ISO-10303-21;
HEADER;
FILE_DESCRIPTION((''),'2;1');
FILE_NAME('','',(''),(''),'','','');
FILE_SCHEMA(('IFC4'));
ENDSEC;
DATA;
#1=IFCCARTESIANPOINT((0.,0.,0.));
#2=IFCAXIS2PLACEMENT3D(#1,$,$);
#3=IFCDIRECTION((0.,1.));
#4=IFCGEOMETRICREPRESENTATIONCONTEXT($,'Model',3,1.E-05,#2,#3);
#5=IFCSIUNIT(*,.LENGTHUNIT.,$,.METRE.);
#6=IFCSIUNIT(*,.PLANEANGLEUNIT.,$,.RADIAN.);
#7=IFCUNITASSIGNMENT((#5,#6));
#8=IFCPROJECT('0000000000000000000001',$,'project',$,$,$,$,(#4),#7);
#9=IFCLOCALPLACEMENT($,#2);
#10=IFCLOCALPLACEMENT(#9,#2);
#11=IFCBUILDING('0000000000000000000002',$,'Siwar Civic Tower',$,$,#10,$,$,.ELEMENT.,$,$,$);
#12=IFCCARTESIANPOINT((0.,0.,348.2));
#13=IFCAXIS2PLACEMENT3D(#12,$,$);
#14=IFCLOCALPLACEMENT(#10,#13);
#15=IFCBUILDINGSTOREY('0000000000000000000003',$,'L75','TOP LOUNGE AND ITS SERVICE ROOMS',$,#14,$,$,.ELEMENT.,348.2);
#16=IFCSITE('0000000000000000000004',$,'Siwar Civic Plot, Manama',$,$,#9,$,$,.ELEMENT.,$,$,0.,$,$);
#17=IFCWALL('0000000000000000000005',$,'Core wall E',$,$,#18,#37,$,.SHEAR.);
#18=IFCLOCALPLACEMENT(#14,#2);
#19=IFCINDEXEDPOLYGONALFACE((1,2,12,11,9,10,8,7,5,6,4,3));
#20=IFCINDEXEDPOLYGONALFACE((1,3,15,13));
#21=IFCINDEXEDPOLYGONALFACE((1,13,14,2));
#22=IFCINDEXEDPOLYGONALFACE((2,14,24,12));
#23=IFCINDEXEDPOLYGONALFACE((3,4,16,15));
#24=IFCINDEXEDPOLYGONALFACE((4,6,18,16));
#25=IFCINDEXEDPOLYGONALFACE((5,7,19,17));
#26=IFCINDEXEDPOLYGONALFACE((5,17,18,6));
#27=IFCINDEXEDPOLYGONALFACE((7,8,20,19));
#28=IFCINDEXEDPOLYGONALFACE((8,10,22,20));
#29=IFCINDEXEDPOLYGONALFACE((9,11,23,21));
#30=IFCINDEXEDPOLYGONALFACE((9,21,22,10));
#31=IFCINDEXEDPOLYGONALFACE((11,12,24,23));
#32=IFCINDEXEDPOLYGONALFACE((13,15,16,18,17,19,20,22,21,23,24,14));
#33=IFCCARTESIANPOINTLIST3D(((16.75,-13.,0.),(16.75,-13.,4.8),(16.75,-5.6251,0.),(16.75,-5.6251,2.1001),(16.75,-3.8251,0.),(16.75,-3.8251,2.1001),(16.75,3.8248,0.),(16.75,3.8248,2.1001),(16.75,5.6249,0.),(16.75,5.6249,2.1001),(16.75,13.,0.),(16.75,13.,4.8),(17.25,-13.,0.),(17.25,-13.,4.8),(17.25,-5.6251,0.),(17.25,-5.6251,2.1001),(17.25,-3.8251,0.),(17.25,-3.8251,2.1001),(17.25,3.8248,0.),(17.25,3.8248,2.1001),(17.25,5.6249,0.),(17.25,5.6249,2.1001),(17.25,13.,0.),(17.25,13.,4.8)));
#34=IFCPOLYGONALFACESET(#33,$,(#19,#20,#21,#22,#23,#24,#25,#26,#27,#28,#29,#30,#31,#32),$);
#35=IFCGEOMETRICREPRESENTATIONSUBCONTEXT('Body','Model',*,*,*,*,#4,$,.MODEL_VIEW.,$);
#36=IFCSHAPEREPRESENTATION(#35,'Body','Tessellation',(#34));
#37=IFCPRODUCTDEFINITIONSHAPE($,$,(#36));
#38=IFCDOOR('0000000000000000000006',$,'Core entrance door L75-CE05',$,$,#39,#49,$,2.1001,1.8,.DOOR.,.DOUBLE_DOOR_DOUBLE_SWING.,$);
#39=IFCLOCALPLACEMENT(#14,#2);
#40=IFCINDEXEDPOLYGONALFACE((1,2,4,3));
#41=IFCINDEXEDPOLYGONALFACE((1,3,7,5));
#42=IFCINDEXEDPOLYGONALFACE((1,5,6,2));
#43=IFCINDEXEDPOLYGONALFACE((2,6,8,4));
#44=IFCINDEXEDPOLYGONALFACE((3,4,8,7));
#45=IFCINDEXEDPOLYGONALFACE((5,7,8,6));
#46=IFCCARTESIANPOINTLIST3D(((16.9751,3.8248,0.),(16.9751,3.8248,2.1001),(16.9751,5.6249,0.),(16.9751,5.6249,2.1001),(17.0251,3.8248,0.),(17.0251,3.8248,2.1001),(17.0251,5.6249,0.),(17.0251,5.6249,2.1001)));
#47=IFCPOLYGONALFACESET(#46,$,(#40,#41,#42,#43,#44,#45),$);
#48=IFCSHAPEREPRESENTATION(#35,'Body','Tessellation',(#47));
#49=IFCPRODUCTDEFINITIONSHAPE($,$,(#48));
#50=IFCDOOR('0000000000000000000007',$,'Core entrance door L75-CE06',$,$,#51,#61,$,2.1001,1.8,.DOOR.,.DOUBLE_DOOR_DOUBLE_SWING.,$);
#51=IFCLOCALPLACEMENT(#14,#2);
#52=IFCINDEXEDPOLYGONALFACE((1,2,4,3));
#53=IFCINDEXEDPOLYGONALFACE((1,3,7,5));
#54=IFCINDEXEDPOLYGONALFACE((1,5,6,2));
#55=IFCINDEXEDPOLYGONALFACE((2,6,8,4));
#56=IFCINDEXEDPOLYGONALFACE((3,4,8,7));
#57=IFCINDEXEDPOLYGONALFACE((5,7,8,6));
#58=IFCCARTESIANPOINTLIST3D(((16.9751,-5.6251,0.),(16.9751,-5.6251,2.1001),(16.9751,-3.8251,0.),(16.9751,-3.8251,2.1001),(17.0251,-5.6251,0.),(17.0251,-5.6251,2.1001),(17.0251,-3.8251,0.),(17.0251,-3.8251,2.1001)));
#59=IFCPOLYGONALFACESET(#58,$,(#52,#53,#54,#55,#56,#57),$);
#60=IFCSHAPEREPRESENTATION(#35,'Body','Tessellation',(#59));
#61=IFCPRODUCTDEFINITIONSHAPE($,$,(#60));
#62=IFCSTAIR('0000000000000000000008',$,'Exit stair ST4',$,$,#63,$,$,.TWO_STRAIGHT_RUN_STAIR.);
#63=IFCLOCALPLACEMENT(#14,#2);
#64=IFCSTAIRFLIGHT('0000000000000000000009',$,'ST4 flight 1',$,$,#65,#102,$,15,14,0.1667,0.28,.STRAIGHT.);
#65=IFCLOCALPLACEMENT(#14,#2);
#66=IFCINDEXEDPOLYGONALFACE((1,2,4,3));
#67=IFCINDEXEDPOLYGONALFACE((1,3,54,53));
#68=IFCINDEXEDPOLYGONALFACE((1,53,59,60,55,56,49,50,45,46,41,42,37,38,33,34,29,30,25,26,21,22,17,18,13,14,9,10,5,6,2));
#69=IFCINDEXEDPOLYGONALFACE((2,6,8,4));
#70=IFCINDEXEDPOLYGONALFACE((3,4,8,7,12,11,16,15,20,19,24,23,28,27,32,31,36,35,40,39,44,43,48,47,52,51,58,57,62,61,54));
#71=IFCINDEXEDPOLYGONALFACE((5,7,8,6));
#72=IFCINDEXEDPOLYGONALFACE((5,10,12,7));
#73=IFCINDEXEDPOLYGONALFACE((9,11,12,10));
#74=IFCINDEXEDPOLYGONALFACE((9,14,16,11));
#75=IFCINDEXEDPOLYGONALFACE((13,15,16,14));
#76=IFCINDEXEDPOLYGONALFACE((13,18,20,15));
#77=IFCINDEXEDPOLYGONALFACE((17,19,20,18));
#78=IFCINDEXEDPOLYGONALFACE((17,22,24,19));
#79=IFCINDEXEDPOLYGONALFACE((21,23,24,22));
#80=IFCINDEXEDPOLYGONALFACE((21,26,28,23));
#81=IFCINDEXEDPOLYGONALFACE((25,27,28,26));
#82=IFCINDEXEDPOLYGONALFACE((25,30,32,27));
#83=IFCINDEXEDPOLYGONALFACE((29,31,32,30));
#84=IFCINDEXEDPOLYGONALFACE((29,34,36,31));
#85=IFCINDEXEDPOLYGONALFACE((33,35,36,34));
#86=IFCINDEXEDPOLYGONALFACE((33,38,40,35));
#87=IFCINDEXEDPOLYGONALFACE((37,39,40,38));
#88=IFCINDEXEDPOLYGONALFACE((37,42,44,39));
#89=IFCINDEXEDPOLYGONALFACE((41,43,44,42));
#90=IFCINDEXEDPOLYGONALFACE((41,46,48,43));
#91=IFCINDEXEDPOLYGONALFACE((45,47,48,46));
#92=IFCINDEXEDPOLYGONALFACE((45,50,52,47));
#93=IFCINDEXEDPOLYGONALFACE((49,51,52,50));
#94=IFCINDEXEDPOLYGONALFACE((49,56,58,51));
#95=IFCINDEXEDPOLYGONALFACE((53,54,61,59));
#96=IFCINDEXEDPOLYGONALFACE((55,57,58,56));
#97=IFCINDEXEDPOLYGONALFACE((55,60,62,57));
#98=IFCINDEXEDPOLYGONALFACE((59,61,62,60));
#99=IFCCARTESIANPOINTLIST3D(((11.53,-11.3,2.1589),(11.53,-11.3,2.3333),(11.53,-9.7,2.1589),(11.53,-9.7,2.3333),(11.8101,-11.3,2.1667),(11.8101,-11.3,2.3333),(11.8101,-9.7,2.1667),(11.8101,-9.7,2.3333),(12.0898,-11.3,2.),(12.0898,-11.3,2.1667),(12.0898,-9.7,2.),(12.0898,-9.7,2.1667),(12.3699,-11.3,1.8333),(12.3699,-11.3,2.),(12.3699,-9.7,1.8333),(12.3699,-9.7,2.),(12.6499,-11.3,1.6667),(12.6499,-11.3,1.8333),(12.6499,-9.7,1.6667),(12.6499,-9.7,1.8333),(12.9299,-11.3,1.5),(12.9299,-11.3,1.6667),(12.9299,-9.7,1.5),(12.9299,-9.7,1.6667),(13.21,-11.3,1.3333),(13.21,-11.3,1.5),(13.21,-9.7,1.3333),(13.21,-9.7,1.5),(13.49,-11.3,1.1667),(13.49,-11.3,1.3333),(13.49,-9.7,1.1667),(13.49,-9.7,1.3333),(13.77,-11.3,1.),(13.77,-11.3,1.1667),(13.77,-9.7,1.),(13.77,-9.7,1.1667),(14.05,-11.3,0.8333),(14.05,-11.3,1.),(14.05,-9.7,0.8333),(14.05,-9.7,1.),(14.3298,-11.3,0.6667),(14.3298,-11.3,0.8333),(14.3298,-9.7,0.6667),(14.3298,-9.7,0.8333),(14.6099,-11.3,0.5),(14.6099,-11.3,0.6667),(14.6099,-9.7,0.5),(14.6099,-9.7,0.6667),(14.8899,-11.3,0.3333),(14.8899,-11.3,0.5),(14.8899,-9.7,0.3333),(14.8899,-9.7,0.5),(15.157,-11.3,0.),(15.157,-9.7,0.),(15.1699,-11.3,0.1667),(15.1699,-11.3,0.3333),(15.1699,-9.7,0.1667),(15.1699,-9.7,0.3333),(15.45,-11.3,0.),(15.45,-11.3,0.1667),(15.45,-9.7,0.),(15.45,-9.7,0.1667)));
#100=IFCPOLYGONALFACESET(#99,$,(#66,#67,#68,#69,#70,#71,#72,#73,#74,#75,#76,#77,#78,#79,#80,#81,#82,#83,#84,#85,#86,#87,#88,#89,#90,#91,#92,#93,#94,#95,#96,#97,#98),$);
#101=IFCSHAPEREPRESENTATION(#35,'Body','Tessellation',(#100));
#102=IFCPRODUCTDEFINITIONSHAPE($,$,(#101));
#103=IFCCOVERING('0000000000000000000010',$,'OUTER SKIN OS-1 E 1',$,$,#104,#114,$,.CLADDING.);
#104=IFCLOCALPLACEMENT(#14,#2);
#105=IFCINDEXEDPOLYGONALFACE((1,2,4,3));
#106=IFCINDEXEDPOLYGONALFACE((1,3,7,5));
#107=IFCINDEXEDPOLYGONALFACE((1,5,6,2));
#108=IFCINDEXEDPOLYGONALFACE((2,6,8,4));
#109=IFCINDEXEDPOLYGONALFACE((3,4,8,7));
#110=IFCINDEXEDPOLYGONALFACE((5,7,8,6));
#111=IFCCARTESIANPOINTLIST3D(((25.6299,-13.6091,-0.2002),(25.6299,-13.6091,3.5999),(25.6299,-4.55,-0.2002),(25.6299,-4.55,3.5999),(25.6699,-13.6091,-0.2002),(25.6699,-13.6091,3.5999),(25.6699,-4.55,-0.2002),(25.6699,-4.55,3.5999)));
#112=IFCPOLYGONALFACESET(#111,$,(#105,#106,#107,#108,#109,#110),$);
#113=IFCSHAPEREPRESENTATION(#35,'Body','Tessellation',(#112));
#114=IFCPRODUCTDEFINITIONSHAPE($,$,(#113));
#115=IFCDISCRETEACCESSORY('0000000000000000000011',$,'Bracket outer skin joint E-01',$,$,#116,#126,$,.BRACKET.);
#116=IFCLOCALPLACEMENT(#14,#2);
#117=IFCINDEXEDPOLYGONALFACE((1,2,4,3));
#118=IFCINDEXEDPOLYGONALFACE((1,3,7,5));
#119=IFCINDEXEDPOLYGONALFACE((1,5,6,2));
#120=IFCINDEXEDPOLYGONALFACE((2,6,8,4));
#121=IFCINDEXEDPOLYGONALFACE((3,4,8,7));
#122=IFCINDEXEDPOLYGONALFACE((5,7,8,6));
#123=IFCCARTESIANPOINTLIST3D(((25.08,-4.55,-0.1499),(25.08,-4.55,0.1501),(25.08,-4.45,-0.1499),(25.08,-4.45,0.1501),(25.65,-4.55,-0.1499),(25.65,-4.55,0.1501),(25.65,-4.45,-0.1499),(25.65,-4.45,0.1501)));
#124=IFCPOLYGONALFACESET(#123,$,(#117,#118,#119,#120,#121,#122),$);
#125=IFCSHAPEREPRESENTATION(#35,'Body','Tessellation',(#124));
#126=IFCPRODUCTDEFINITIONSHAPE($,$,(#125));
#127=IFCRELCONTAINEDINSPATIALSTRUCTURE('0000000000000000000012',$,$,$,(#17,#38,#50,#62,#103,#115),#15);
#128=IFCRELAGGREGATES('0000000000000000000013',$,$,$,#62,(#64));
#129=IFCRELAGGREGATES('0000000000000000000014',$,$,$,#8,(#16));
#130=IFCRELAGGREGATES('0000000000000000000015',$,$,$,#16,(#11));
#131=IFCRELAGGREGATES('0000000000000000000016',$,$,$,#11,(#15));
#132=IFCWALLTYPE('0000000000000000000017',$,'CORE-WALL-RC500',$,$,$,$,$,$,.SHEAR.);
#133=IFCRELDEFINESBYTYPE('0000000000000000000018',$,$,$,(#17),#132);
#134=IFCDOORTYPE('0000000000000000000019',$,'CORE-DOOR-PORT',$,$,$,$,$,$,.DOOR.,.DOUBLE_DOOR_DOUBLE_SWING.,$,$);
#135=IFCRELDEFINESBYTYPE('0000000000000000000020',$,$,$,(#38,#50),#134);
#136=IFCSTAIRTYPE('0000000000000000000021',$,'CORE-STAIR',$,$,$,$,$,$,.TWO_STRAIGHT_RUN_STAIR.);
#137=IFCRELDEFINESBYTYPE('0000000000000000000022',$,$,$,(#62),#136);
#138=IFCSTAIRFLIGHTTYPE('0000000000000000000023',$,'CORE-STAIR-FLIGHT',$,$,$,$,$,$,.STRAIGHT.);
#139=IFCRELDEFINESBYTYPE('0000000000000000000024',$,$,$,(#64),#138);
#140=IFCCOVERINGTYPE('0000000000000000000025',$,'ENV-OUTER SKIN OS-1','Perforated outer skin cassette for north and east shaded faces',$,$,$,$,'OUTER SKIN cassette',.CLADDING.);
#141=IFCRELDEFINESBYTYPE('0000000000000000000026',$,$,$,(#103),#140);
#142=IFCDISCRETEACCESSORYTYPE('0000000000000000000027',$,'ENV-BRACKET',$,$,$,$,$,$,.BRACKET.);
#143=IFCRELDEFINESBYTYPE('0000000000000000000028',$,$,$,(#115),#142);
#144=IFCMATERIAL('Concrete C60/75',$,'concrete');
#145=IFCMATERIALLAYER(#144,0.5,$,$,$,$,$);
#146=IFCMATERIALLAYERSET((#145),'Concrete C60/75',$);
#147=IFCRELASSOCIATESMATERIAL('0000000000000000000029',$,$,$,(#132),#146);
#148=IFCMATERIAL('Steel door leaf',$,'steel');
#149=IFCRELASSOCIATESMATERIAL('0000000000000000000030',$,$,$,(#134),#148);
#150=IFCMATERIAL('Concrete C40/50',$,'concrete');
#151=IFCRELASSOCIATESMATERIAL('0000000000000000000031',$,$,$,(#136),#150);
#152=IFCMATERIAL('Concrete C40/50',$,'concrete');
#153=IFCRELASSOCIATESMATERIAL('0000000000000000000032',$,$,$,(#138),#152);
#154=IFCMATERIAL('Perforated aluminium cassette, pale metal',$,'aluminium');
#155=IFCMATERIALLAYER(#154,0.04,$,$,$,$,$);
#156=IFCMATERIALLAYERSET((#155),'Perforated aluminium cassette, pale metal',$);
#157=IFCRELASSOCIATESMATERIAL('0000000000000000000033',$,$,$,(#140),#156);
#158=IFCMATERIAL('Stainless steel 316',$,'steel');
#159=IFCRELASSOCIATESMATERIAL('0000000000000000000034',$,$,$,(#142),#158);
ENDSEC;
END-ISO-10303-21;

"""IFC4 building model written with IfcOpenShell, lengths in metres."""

from ifc_helpers import new_model, si_unit, direction, frame, frame_2d, origin, origin_2d, place, context, subcontext, project, spatial, polyline, rectangle, outline, extrude, material, layer, layer_set, type_object, element, fill, aggregate, save


model = new_model("IFC4")

# Units and contexts
model_context = context("Model", 3, precision=1e-05, world=origin(), true_north=direction((0.0, 1.0)))
body_context = subcontext(model_context, "Body", "Model", "MODEL_VIEW")
ifc_project = project(units=[si_unit("LENGTHUNIT", "METRE"), si_unit("PLANEANGLEUNIT", "RADIAN")], contexts=[model_context])

# Site, building, storey
site_placement = place(None, origin())
site = spatial("IfcSite", under=ifc_project, at=site_placement, Name="Siwar Civic Plot, Manama", CompositionType="ELEMENT", RefElevation=0.0)
building_placement = place(site_placement, origin())
building = spatial("IfcBuilding", under=site, at=building_placement, Name="Siwar Civic Tower", CompositionType="ELEMENT")
storey_placement = place(building_placement, frame((0.0, 0.0, 348.2)))
storey = spatial("IfcBuildingStorey", under=building, at=storey_placement, Name="L75", Description="TOP LOUNGE AND ITS SERVICE ROOMS", CompositionType="ELEMENT", Elevation=348.2)

# Wall, openings, doors
ifc_material_1 = material(Name="Concrete C60/75", Category="concrete")
ifc_layer_1 = layer(ifc_material_1, 0.5)
ifc_layer_set_1 = layer_set([ifc_layer_1], Name="Concrete C60/75")
wall_type_1 = type_object("IfcWallType", Name="CORE-WALL-RC500", PredefinedType="SHEAR", material=ifc_layer_set_1)
wall_1_placement = place(storey_placement, frame((17.0, -13.0, 0.0), z_axis=(0.0, 0.0, 1.0), x_axis=(0.0, 1.0, 0.0)))
wall_1 = element("IfcWall", 1, at=wall_1_placement, inside=storey, type_object=wall_type_1, Name="Core wall E", PredefinedType="SHEAR", context=body_context, shape_type="SweptSolid", body=[
    extrude(rectangle(XDim=26.0, YDim=0.5, at=frame_2d((13.0, 0.0))), origin(), (0.0, 0.0, 1.0), 4.8),
])
opening_1_placement = place(wall_1_placement, frame((16.825, 0.0, 0.0)))
opening_1 = element("IfcOpeningElement", 2, at=opening_1_placement, cuts=wall_1, PredefinedType="OPENING", context=body_context, shape_type="SweptSolid", body=[
    extrude(rectangle(XDim=1.8, YDim=2.1001, at=frame_2d((0.8999, 1.05))), frame((0.0, 0.26, 0.0), z_axis=(0.0, -1.0, 0.0), x_axis=(1.0, 0.0, 0.0)), (0.0, 0.0, 1.0), 0.52),
])
opening_2_placement = place(wall_1_placement, frame((7.375, 0.0, 0.0)))
opening_2 = element("IfcOpeningElement", 3, at=opening_2_placement, cuts=wall_1, PredefinedType="OPENING", context=body_context, shape_type="SweptSolid", body=[
    extrude(rectangle(XDim=1.8, YDim=2.1001, at=frame_2d((0.8999, 1.05))), frame((0.0, 0.26, 0.0), z_axis=(0.0, -1.0, 0.0), x_axis=(1.0, 0.0, 0.0)), (0.0, 0.0, 1.0), 0.52),
])
ifc_material_2 = material(Name="Steel door leaf", Category="steel")
door_type_1 = type_object("IfcDoorType", Name="CORE-DOOR-PORT", OperationType="DOUBLE_DOOR_DOUBLE_SWING", PredefinedType="DOOR", material=ifc_material_2)
door_1_placement = place(opening_1_placement, origin())
door_1 = element("IfcDoor", 4, at=door_1_placement, inside=storey, type_object=door_type_1, Name="Core entrance door L75-CE05", OperationType="DOUBLE_DOOR_DOUBLE_SWING", OverallHeight=2.1001, OverallWidth=1.8, PredefinedType="DOOR", context=body_context, shape_type="SweptSolid", body=[
    extrude(rectangle(XDim=1.8, YDim=2.1001, at=frame_2d((0.8999, 1.05))), frame((0.0, 0.0249, 0.0), z_axis=(0.0, -1.0, 0.0), x_axis=(1.0, 0.0, 0.0)), (0.0, 0.0, 1.0), 0.05),
])
fill(opening_1, door_1)
door_2_placement = place(opening_2_placement, origin())
door_2 = element("IfcDoor", 5, at=door_2_placement, inside=storey, type_object=door_type_1, Name="Core entrance door L75-CE06", OperationType="DOUBLE_DOOR_DOUBLE_SWING", OverallHeight=2.1001, OverallWidth=1.8, PredefinedType="DOOR", context=body_context, shape_type="SweptSolid", body=[
    extrude(rectangle(XDim=1.8, YDim=2.1001, at=frame_2d((0.8999, 1.05))), frame((0.0, 0.0249, 0.0), z_axis=(0.0, -1.0, 0.0), x_axis=(1.0, 0.0, 0.0)), (0.0, 0.0, 1.0), 0.05),
])
fill(opening_2, door_2)

# Stair, stair flight
ifc_material_3 = material(Name="Concrete C40/50", Category="concrete")
stair_type = type_object("IfcStairType", Name="CORE-STAIR", PredefinedType="TWO_STRAIGHT_RUN_STAIR", material=ifc_material_3)
stair_placement = place(storey_placement, origin())
stair = element("IfcStair", 6, at=stair_placement, inside=storey, type_object=stair_type, Name="Exit stair ST4", PredefinedType="TWO_STRAIGHT_RUN_STAIR")
ifc_material_4 = material(Name="Concrete C40/50", Category="concrete")
stair_flight_type = type_object("IfcStairFlightType", Name="CORE-STAIR-FLIGHT", PredefinedType="STRAIGHT", material=ifc_material_4)
stair_flight_placement = place(storey_placement, frame((15.45, -10.5, 0.0), z_axis=(0.0, 0.0, 1.0), x_axis=(-1.0, 0.0, 0.0)))
stair_flight = element("IfcStairFlight", 7, at=stair_flight_placement, type_object=stair_flight_type, Name="ST4 flight 1", NumberOfRisers=15, NumberOfTreads=14, PredefinedType="STRAIGHT", RiserHeight=0.1667, TreadLength=0.28, context=body_context, shape_type="SweptSolid", body=[
    extrude(outline(polyline([(0.0, 0.0), (0.0, 0.1667), (0.28, 0.1667), (0.28, 0.3333), (0.5601, 0.3333), (0.5601, 0.5), (0.8401, 0.5), (0.8401, 0.6667), (1.1201, 0.6667), (1.1201, 0.8333), (1.3999, 0.8333), (1.3999, 1.0), (1.6799, 1.0), (1.6799, 1.1667), (1.96, 1.1667), (1.96, 1.3333), (2.24, 1.3333), (2.24, 1.5), (2.52, 1.5), (2.52, 1.6667), (2.8, 1.6667), (2.8, 1.8333), (3.0801, 1.8333), (3.0801, 2.0), (3.3601, 2.0), (3.3601, 2.1667), (3.6399, 2.1667), (3.6399, 2.3333), (3.9199, 2.3333), (3.9199, 2.5), (3.9199, 2.1589), (0.293, 0.0), (0.0, 0.0)])), frame((0.0, 0.8, 0.0), z_axis=(0.0, -1.0, 0.0), x_axis=(1.0, 0.0, 0.0)), (0.0, 0.0, 1.0), 1.6001),
])
aggregate(stair, [stair_flight])

# Covering
ifc_material_5 = material(Name="Perforated aluminium cassette, pale metal", Category="aluminium")
ifc_layer_2 = layer(ifc_material_5, 0.04)
ifc_layer_set_2 = layer_set([ifc_layer_2], Name="Perforated aluminium cassette, pale metal")
covering_type = type_object("IfcCoveringType", Name="ENV-OUTER SKIN OS-1", Description="Perforated outer skin cassette for north and east shaded faces", ElementType="OUTER SKIN cassette", PredefinedType="CLADDING", material=ifc_layer_set_2)
covering_placement = place(storey_placement, frame((25.6499, -9.0796, -0.2002), z_axis=(0.0, 0.0, 1.0), x_axis=(0.0, 1.0, 0.0)))
element("IfcCovering", 8, at=covering_placement, inside=storey, type_object=covering_type, Name="OUTER SKIN OS-1 E 1", PredefinedType="CLADDING", context=body_context, shape_type="SweptSolid", body=[
    extrude(rectangle(XDim=9.0591, YDim=0.04, at=origin_2d()), origin(), (0.0, 0.0, 1.0), 3.8),
])

# Discrete accessory
ifc_material_6 = material(Name="Stainless steel 316", Category="steel")
discrete_accessory_type = type_object("IfcDiscreteAccessoryType", Name="ENV-BRACKET", PredefinedType="BRACKET", material=ifc_material_6)
discrete_accessory_placement = place(storey_placement, frame((25.365, -4.5, -0.1499), z_axis=(0.0, 0.0, 1.0), x_axis=(1.0, 0.0, 0.0)))
element("IfcDiscreteAccessory", 9, at=discrete_accessory_placement, inside=storey, type_object=discrete_accessory_type, Name="Bracket outer skin joint E-01", PredefinedType="BRACKET", context=body_context, shape_type="SweptSolid", body=[
    extrude(rectangle(XDim=0.5701, YDim=0.1001, at=origin_2d()), origin(), (0.0, 0.0, 1.0), 0.3),
])

save(model, "model.ifc")
